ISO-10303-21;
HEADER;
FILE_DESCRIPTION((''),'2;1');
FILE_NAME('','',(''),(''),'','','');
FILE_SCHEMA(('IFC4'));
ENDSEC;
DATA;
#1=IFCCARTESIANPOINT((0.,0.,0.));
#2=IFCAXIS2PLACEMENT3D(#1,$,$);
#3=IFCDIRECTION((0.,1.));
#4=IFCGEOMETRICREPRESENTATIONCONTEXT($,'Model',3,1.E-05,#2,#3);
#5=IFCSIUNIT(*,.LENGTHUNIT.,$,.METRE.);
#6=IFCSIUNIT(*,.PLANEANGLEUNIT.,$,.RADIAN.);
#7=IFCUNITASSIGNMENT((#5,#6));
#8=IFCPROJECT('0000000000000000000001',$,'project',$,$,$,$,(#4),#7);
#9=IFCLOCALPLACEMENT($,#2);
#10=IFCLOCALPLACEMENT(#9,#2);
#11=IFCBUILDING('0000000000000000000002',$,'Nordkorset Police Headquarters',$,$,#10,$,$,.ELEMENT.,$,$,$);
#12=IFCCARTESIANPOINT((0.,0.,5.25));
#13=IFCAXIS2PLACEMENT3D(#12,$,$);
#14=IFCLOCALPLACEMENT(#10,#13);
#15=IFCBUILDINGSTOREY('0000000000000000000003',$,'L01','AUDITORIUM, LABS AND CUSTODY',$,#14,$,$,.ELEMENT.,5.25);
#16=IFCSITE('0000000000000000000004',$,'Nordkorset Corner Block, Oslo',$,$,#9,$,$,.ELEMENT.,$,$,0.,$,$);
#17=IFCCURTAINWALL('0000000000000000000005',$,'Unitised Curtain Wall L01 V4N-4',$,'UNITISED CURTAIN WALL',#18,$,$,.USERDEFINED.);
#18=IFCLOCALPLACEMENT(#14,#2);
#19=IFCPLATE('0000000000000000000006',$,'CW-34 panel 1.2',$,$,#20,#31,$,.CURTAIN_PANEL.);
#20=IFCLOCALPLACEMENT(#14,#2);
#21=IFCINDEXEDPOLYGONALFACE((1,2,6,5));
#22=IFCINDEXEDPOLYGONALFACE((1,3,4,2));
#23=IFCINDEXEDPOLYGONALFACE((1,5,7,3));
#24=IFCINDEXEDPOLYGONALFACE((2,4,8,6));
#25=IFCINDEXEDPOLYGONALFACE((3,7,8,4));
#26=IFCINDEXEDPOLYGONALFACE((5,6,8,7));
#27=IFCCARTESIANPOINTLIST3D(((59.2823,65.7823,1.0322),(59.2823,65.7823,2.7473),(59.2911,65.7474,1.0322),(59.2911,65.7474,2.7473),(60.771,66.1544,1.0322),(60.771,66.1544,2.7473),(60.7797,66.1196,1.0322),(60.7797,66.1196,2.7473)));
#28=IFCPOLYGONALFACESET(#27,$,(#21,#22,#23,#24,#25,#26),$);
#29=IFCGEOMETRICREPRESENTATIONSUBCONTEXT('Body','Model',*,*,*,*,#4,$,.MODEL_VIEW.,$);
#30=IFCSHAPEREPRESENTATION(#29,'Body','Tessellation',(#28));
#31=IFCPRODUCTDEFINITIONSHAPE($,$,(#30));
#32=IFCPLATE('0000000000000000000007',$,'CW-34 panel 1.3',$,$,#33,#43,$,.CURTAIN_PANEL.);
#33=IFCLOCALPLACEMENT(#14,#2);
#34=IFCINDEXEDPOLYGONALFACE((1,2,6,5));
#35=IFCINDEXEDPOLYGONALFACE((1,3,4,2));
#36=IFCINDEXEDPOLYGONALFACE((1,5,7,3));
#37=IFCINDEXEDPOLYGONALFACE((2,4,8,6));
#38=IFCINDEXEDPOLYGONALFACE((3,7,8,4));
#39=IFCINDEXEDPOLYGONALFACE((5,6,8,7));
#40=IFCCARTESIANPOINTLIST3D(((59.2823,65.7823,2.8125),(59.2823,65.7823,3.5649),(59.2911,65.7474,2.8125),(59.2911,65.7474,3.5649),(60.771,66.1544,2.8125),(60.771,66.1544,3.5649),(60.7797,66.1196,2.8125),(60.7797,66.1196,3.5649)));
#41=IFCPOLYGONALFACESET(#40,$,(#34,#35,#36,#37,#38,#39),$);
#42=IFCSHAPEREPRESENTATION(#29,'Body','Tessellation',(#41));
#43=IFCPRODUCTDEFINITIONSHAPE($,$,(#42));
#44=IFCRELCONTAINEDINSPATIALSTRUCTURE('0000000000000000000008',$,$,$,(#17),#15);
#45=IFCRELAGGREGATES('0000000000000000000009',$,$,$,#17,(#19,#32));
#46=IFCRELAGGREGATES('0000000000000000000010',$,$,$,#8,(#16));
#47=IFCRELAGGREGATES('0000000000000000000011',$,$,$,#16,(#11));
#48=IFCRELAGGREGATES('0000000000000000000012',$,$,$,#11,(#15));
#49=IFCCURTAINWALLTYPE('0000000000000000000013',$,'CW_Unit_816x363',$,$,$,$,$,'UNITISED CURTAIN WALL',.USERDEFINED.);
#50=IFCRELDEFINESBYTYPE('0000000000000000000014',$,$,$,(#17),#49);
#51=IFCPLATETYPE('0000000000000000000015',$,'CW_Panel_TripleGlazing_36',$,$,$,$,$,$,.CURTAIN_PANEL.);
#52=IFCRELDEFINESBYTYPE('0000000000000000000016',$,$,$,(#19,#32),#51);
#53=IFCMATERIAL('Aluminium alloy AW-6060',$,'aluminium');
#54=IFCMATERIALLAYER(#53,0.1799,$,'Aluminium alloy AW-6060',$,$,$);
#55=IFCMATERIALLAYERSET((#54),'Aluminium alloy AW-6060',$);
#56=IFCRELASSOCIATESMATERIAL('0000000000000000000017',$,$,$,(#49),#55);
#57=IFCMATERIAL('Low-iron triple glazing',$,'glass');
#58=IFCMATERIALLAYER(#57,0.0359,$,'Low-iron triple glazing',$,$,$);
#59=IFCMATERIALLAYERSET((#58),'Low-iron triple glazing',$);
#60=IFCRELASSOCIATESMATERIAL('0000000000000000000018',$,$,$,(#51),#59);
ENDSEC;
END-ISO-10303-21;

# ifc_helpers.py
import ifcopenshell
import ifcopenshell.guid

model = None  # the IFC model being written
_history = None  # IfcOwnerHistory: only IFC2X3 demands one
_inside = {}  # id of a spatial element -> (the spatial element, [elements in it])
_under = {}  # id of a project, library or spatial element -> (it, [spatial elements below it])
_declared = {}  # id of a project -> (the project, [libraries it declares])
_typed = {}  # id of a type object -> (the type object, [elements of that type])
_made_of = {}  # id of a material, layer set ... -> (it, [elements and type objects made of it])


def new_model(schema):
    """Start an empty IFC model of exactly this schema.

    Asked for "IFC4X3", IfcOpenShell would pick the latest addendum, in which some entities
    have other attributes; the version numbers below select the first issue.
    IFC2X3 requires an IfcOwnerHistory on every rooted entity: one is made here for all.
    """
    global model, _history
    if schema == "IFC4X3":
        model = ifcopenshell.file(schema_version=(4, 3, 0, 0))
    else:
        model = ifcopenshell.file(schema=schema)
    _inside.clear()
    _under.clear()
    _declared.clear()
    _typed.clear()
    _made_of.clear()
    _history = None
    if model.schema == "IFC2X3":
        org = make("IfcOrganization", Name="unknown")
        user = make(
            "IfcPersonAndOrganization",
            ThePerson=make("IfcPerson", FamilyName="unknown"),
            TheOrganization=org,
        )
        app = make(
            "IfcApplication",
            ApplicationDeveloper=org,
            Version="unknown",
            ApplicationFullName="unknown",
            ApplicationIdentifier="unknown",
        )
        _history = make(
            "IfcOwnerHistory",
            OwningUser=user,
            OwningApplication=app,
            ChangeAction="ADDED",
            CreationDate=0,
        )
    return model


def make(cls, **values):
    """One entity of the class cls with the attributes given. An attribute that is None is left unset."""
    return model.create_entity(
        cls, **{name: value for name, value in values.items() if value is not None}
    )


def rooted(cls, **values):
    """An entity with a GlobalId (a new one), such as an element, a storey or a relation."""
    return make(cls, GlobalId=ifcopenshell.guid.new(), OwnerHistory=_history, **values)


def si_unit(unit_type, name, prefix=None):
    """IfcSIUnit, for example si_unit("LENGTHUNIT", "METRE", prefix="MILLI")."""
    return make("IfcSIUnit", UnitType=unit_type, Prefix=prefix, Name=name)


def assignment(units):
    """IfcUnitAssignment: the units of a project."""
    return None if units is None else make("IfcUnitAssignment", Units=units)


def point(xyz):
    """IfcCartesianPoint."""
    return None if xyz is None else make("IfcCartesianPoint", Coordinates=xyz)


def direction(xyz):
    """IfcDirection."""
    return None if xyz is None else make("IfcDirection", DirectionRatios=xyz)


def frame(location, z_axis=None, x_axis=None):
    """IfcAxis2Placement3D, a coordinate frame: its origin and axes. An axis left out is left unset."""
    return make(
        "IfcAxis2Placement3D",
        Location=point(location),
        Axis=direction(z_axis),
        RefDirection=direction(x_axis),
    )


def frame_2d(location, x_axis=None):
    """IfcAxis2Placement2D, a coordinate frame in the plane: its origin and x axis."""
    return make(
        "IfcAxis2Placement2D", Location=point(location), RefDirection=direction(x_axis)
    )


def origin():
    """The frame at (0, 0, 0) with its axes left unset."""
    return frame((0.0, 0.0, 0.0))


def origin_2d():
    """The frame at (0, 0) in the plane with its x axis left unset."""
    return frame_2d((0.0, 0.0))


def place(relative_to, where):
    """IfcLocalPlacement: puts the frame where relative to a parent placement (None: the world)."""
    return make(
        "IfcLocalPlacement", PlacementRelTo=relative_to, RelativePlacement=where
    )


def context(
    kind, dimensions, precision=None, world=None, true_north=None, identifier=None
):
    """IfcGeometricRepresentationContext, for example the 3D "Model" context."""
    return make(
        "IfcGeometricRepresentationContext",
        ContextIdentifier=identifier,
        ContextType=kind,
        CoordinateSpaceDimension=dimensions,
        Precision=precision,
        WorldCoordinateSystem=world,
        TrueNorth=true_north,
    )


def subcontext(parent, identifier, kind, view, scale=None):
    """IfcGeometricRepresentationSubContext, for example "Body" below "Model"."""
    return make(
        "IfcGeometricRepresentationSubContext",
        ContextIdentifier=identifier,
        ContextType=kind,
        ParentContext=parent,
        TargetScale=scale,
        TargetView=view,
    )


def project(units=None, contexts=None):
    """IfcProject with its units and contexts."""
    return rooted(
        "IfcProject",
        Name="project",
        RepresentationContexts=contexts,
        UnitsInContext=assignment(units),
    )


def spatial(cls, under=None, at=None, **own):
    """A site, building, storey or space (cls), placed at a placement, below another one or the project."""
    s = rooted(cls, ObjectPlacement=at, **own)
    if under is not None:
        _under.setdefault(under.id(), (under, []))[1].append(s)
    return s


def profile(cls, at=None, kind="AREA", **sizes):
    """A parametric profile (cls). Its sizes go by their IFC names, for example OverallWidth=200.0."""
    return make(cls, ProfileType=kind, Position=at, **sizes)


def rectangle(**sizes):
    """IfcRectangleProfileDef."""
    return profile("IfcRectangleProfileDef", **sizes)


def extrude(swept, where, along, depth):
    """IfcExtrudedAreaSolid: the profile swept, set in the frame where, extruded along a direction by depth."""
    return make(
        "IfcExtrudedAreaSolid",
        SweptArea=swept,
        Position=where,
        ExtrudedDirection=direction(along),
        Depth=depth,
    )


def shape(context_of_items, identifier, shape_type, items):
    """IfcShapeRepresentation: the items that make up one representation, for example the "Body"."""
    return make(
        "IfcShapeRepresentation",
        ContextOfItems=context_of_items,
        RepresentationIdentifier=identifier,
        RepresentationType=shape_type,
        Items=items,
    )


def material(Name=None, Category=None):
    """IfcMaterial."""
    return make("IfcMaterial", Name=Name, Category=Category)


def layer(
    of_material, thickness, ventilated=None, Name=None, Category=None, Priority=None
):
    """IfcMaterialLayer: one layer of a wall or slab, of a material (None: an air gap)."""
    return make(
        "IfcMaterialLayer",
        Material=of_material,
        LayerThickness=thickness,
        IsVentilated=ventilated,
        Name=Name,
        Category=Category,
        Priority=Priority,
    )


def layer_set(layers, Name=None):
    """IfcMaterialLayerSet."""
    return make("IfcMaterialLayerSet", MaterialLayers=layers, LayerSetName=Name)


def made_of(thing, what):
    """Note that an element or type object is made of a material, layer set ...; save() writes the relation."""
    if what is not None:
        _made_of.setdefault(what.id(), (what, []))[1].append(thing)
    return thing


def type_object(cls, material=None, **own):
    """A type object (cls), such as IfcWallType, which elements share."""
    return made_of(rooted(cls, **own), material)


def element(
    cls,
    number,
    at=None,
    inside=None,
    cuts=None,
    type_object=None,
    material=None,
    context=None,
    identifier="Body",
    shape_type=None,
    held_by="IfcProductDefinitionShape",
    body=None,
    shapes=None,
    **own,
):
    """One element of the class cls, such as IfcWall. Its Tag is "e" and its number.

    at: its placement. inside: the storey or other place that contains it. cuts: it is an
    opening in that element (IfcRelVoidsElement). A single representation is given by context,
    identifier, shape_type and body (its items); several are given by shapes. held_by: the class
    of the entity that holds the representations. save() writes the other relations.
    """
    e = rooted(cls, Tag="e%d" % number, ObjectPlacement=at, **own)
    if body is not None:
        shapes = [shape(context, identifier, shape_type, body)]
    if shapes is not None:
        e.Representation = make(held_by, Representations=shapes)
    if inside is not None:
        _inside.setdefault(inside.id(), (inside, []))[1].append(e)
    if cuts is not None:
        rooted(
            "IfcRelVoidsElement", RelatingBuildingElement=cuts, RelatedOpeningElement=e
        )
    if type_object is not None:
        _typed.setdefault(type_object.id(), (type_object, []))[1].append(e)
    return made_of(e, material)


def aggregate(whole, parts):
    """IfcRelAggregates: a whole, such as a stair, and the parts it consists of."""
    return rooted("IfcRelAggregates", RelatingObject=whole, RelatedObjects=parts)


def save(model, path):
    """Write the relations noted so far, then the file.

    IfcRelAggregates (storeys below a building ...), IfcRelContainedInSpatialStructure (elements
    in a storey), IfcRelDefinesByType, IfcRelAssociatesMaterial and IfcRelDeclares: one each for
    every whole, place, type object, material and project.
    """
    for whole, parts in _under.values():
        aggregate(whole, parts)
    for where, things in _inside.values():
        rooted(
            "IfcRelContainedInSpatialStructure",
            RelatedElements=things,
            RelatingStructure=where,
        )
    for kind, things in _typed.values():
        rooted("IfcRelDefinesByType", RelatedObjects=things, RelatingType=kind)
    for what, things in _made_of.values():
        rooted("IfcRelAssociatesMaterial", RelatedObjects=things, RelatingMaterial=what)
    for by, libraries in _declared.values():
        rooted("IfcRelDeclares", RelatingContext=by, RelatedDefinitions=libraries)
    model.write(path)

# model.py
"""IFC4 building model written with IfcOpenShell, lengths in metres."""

from ifc_helpers import new_model, si_unit, direction, frame, origin, origin_2d, place, context, subcontext, project, spatial, rectangle, extrude, material, layer, layer_set, type_object, element, aggregate, save


model = new_model("IFC4")

# Units and contexts
model_context = context("Model", 3, precision=1e-05, world=origin(), true_north=direction((0.0, 1.0)))
body_context = subcontext(model_context, "Body", "Model", "MODEL_VIEW")
ifc_project = project(units=[si_unit("LENGTHUNIT", "METRE"), si_unit("PLANEANGLEUNIT", "RADIAN")], contexts=[model_context])

# Site, building, storey
site_placement = place(None, origin())
site = spatial("IfcSite", under=ifc_project, at=site_placement, Name="Nordkorset Corner Block, Oslo", CompositionType="ELEMENT", RefElevation=0.0)
building_placement = place(site_placement, origin())
building = spatial("IfcBuilding", under=site, at=building_placement, Name="Nordkorset Police Headquarters", CompositionType="ELEMENT")
storey_placement = place(building_placement, frame((0.0, 0.0, 5.25)))
storey = spatial("IfcBuildingStorey", under=building, at=storey_placement, Name="L01", Description="AUDITORIUM, LABS AND CUSTODY", CompositionType="ELEMENT", Elevation=5.25)

# Curtain wall
ifc_material_1 = material(Name="Aluminium alloy AW-6060", Category="aluminium")
ifc_layer_1 = layer(ifc_material_1, 0.1799, Name="Aluminium alloy AW-6060")
ifc_layer_set_1 = layer_set([ifc_layer_1], Name="Aluminium alloy AW-6060")
curtain_wall_type_1 = type_object("IfcCurtainWallType", Name="CW_Unit_816x363", ElementType="UNITISED CURTAIN WALL", PredefinedType="USERDEFINED", material=ifc_layer_set_1)
curtain_wall_1_placement = place(storey_placement, origin())
curtain_wall_1 = element("IfcCurtainWall", 1, at=curtain_wall_1_placement, inside=storey, type_object=curtain_wall_type_1, Name="Unitised Curtain Wall L01 V4N-4", ObjectType="UNITISED CURTAIN WALL", PredefinedType="USERDEFINED")

# Plates
ifc_material_2 = material(Name="Low-iron triple glazing", Category="glass")
ifc_layer_2 = layer(ifc_material_2, 0.0359, Name="Low-iron triple glazing")
ifc_layer_set_2 = layer_set([ifc_layer_2], Name="Low-iron triple glazing")
plate_type = type_object("IfcPlateType", Name="CW_Panel_TripleGlazing_36", PredefinedType="CURTAIN_PANEL", material=ifc_layer_set_2)
plate_1_placement = place(storey_placement, frame((60.031, 65.9509, 1.0322), z_axis=(0.0, 0.0, 1.0), x_axis=(0.970143, 0.242535, 0.0)))
plate_1 = element("IfcPlate", 2, at=plate_1_placement, type_object=plate_type, Name="CW-34 panel 1.2", PredefinedType="CURTAIN_PANEL", context=body_context, shape_type="SweptSolid", body=[
    extrude(rectangle(XDim=1.5344, YDim=0.0359, at=origin_2d()), origin(), (0.0, 0.0, 1.0), 1.7151),
])
plate_2_placement = place(storey_placement, frame((60.031, 65.9509, 2.8125), z_axis=(0.0, 0.0, 1.0), x_axis=(0.970143, 0.242535, 0.0)))
plate_2 = element("IfcPlate", 3, at=plate_2_placement, type_object=plate_type, Name="CW-34 panel 1.3", PredefinedType="CURTAIN_PANEL", context=body_context, shape_type="SweptSolid", body=[
    extrude(rectangle(XDim=1.5344, YDim=0.0359, at=origin_2d()), origin(), (0.0, 0.0, 1.0), 0.7524),
])
aggregate(curtain_wall_1, [plate_1, plate_2])

save(model, "model.ifc")
